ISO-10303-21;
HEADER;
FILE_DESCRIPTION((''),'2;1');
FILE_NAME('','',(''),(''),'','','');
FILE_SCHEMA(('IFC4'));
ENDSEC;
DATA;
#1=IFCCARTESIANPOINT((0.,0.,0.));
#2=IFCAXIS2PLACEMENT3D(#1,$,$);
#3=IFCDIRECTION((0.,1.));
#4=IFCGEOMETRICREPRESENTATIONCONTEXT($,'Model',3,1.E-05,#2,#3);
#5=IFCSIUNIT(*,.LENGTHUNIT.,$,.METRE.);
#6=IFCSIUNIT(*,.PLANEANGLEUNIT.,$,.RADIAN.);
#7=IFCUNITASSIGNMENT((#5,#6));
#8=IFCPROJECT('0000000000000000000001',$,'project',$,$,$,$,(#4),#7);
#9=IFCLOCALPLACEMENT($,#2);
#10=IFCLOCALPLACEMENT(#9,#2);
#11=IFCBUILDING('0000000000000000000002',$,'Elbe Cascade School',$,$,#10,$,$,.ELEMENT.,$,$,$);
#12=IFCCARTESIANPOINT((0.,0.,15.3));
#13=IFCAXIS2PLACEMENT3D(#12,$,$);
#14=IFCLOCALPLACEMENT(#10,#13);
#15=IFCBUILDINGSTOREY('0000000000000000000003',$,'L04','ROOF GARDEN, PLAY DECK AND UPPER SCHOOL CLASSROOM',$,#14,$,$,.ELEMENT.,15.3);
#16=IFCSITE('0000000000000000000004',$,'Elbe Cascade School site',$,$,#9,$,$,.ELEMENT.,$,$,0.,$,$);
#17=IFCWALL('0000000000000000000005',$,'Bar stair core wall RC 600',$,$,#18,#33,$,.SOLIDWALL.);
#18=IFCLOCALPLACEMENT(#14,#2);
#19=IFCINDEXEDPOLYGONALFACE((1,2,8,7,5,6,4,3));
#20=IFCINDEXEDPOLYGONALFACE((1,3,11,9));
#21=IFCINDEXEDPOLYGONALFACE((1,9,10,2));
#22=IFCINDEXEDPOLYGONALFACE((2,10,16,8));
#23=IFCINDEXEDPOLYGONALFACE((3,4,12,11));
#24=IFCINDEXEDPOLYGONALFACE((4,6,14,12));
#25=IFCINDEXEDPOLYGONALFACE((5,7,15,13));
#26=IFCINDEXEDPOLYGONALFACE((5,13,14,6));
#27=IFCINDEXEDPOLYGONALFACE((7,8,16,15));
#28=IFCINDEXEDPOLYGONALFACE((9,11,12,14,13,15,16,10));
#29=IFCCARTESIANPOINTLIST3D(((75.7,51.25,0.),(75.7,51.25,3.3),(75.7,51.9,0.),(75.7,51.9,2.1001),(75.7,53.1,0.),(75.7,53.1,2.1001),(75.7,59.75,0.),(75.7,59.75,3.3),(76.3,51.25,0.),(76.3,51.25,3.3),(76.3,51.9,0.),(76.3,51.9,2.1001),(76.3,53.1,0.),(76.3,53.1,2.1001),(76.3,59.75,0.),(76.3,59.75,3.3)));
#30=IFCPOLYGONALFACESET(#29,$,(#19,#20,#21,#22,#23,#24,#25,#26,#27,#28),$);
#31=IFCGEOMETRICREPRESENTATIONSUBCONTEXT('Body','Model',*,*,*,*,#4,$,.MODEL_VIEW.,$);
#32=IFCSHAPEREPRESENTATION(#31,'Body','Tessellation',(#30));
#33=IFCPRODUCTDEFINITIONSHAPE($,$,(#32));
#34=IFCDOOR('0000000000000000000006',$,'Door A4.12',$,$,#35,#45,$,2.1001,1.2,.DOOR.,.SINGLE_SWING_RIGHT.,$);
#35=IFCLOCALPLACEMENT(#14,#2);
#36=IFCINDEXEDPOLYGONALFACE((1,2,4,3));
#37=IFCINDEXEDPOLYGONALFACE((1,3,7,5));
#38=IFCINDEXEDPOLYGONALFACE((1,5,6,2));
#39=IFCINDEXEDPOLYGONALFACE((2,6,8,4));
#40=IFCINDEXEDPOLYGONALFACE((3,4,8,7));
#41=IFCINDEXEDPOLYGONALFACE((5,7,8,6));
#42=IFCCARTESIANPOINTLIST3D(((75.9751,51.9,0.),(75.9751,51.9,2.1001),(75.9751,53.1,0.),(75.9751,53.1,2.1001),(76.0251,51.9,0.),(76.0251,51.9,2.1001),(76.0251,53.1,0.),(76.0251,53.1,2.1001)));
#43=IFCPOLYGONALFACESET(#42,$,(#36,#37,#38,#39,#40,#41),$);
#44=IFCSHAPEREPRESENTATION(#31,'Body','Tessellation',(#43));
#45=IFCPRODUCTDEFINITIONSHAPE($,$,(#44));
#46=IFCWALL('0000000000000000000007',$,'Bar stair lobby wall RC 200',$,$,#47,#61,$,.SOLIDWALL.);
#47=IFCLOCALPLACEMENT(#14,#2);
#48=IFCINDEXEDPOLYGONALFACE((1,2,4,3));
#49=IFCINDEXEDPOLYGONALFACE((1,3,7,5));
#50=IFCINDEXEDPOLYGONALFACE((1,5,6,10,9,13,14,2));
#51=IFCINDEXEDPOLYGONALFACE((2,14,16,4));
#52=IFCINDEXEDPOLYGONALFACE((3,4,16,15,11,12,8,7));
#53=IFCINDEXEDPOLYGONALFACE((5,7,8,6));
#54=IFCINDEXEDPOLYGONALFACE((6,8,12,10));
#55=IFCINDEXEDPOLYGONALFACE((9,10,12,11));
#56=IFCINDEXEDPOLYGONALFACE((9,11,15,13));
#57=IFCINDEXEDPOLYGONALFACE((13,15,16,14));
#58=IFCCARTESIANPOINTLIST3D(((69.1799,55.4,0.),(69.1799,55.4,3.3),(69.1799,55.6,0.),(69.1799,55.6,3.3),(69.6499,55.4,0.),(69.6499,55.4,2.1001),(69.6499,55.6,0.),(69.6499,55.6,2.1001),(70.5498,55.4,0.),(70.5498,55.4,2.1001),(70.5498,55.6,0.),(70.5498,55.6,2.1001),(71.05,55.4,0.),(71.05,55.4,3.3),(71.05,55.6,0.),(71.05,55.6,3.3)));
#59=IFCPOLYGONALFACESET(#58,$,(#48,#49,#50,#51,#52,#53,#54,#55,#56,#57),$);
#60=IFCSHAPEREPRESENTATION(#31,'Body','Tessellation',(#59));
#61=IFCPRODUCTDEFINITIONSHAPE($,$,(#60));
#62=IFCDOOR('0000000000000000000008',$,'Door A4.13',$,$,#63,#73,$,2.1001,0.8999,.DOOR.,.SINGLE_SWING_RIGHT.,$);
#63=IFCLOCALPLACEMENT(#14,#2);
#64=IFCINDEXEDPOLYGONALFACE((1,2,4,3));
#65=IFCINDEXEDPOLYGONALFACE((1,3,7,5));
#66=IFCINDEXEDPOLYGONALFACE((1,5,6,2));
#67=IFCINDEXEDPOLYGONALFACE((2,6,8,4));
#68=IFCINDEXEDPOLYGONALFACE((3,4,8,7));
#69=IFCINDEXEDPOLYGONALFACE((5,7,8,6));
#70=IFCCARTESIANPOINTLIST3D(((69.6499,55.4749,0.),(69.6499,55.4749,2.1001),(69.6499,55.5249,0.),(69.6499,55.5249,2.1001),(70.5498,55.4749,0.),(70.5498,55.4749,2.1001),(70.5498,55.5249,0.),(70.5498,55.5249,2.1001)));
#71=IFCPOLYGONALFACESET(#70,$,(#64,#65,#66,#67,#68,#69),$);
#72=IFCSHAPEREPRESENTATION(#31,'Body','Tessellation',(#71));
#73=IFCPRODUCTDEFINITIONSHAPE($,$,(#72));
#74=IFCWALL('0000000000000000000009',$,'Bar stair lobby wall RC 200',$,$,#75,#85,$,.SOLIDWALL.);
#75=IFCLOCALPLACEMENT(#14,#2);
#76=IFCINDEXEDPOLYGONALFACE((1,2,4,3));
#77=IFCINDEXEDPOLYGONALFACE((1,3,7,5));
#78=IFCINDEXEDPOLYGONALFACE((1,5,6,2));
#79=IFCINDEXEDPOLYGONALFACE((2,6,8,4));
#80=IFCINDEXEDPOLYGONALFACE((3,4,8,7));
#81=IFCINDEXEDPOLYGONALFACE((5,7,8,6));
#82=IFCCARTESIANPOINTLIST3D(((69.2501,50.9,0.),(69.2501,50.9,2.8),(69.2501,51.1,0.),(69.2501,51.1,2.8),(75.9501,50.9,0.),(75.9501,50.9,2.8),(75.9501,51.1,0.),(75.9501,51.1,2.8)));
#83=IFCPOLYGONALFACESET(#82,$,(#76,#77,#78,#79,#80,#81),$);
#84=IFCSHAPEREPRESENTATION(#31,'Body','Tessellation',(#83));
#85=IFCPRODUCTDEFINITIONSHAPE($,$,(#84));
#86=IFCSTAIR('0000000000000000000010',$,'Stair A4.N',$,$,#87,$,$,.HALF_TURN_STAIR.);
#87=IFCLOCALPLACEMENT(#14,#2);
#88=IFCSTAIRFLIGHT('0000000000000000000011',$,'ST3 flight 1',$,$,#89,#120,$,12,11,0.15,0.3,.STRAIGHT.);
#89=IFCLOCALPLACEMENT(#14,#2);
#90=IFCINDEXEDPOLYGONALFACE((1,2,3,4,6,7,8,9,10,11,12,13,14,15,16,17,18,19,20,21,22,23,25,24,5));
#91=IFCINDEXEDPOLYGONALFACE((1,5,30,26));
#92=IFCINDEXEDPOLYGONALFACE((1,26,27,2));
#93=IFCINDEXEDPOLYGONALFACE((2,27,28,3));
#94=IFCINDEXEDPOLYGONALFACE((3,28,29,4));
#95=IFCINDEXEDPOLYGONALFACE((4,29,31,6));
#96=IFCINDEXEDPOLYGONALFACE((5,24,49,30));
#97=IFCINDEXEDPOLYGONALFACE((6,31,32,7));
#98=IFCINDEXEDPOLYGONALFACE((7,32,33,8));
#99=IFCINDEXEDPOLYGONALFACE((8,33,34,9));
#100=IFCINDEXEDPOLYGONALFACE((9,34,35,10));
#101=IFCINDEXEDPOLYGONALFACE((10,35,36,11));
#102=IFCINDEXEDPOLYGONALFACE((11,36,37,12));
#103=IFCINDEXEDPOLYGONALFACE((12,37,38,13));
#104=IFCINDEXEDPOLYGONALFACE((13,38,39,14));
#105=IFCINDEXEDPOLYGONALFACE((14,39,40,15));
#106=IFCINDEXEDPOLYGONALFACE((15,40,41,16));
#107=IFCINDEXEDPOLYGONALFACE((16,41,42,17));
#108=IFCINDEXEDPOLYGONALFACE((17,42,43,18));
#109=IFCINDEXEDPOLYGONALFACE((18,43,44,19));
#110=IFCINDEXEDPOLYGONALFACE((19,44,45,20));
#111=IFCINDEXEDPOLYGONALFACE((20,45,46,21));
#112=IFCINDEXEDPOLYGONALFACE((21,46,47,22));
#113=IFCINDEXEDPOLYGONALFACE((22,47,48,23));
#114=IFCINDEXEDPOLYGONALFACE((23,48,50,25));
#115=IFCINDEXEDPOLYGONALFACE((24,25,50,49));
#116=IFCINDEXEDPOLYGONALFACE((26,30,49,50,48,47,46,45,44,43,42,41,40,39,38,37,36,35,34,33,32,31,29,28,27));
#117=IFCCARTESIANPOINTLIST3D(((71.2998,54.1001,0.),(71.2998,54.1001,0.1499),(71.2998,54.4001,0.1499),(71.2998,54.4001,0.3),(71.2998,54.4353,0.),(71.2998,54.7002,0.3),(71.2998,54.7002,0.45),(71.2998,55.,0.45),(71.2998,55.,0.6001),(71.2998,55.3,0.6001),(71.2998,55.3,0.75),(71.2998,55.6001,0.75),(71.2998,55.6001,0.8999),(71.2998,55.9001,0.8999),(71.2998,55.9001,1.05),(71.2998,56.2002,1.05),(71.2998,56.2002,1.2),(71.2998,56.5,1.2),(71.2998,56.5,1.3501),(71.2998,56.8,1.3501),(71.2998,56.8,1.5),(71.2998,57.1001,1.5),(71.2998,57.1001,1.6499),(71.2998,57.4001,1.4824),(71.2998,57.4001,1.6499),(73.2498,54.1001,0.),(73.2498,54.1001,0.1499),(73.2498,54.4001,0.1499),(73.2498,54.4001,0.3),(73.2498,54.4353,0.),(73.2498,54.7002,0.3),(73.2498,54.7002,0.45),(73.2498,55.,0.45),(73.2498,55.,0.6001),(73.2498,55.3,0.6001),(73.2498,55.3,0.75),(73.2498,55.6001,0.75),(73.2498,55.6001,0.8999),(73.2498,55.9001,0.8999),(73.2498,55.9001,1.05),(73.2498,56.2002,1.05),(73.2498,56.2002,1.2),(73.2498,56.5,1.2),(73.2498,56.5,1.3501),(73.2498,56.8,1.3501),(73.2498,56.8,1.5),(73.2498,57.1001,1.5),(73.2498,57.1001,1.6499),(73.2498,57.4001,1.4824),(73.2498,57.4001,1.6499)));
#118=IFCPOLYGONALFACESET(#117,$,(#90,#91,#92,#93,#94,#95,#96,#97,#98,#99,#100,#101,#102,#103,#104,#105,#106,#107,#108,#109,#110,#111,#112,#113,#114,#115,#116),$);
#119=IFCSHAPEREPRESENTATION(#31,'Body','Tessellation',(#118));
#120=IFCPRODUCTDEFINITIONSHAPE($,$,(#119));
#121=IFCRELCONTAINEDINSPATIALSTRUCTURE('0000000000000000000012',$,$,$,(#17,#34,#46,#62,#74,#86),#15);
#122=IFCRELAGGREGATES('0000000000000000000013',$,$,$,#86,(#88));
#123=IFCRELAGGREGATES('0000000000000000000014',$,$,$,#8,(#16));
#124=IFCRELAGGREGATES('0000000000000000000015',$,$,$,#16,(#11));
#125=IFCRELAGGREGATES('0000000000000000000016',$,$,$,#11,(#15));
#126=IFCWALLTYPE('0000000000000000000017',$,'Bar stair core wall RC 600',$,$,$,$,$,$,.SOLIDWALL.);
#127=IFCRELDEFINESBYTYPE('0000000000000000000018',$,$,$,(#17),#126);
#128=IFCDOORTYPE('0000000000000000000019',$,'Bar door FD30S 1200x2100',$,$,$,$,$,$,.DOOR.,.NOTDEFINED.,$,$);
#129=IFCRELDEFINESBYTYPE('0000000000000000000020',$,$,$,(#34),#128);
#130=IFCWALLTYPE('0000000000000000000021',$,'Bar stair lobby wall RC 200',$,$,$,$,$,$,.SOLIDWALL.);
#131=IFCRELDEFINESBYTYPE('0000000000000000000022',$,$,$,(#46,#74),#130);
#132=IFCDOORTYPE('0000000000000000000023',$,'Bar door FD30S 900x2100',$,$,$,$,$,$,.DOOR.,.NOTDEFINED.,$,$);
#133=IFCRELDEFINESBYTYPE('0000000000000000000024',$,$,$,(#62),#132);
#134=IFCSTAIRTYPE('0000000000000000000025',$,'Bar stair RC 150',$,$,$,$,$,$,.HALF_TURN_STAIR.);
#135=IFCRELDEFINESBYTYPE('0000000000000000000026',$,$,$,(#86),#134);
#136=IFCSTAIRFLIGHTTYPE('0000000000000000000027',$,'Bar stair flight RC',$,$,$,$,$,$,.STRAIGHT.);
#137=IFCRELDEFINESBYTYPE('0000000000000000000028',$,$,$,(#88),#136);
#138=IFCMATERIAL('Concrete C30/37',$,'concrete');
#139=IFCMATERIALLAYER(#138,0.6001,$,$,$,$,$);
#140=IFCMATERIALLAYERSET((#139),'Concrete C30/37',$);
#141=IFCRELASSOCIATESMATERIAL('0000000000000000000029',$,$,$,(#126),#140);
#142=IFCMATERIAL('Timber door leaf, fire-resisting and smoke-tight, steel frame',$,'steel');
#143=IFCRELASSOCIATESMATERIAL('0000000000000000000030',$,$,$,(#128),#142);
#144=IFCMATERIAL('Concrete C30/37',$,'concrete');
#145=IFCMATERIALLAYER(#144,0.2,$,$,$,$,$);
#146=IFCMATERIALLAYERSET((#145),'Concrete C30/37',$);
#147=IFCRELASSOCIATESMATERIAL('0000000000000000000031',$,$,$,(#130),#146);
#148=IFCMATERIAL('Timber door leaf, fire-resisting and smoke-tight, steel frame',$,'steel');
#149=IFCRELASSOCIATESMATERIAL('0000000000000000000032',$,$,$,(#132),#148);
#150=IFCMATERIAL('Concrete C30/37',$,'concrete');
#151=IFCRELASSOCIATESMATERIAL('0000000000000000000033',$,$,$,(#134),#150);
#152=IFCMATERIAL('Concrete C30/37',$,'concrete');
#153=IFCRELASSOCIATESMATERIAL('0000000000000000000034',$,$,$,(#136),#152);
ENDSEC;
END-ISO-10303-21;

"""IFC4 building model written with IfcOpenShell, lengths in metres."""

from ifc_helpers import new_model, si_unit, direction, frame, frame_2d, origin, place, context, subcontext, project, spatial, polyline, rectangle, outline, extrude, material, layer, layer_set, type_object, element, fill, aggregate, save


model = new_model("IFC4")

# Units and contexts
model_context = context("Model", 3, precision=1e-05, world=origin(), true_north=direction((0.0, 1.0)))
body_context = subcontext(model_context, "Body", "Model", "MODEL_VIEW")
ifc_project = project(units=[si_unit("LENGTHUNIT", "METRE"), si_unit("PLANEANGLEUNIT", "RADIAN")], contexts=[model_context])

# Site, building, storey
site_placement = place(None, origin())
site = spatial("IfcSite", under=ifc_project, at=site_placement, Name="Elbe Cascade School site", CompositionType="ELEMENT", RefElevation=0.0)
building_placement = place(site_placement, origin())
building = spatial("IfcBuilding", under=site, at=building_placement, Name="Elbe Cascade School", CompositionType="ELEMENT")
storey_placement = place(building_placement, frame((0.0, 0.0, 15.3)))
storey = spatial("IfcBuildingStorey", under=building, at=storey_placement, Name="L04", Description="ROOF GARDEN, PLAY DECK AND UPPER SCHOOL CLASSROOM", CompositionType="ELEMENT", Elevation=15.3)

# Walls, openings, doors
ifc_material_1 = material(Name="Concrete C30/37", Category="concrete")
ifc_layer_1 = layer(ifc_material_1, 0.6001)
ifc_layer_set_1 = layer_set([ifc_layer_1], Name="Concrete C30/37")
wall_type_1 = type_object("IfcWallType", Name="Bar stair core wall RC 600", PredefinedType="SOLIDWALL", material=ifc_layer_set_1)
wall_1_placement = place(storey_placement, frame((76.0, 51.25, 0.0), z_axis=(0.0, 0.0, 1.0), x_axis=(0.0, 1.0, 0.0)))
wall_1 = element("IfcWall", 1, at=wall_1_placement, inside=storey, type_object=wall_type_1, Name="Bar stair core wall RC 600", PredefinedType="SOLIDWALL", context=body_context, shape_type="SweptSolid", body=[
    extrude(rectangle(XDim=8.5, YDim=0.6001, at=frame_2d((4.25, 0.0))), origin(), (0.0, 0.0, 1.0), 3.3),
])
opening_1_placement = place(wall_1_placement, frame((0.6499, 0.0, 0.0)))
opening_1 = element("IfcOpeningElement", 2, at=opening_1_placement, cuts=wall_1, PredefinedType="OPENING", context=body_context, shape_type="SweptSolid", body=[
    extrude(rectangle(XDim=1.2, YDim=2.1001, at=frame_2d((0.6001, 1.05))), frame((0.0, 0.3101, 0.0), z_axis=(0.0, -1.0, 0.0), x_axis=(1.0, 0.0, 0.0)), (0.0, 0.0, 1.0), 0.6201),
])
ifc_material_2 = material(Name="Timber door leaf, fire-resisting and smoke-tight, steel frame", Category="steel")
door_type_1 = type_object("IfcDoorType", Name="Bar door FD30S 1200x2100", OperationType="NOTDEFINED", PredefinedType="DOOR", material=ifc_material_2)
door_1_placement = place(opening_1_placement, origin())
door_1 = element("IfcDoor", 3, at=door_1_placement, inside=storey, type_object=door_type_1, Name="Door A4.12", OperationType="SINGLE_SWING_RIGHT", OverallHeight=2.1001, OverallWidth=1.2, PredefinedType="DOOR", context=body_context, shape_type="SweptSolid", body=[
    extrude(rectangle(XDim=1.2, YDim=2.1001, at=frame_2d((0.6001, 1.05))), frame((0.0, 0.0249, 0.0), z_axis=(0.0, -1.0, 0.0), x_axis=(1.0, 0.0, 0.0)), (0.0, 0.0, 1.0), 0.05),
])
fill(opening_1, door_1)
ifc_material_3 = material(Name="Concrete C30/37", Category="concrete")
ifc_layer_2 = layer(ifc_material_3, 0.2)
ifc_layer_set_2 = layer_set([ifc_layer_2], Name="Concrete C30/37")
wall_type_2 = type_object("IfcWallType", Name="Bar stair lobby wall RC 200", PredefinedType="SOLIDWALL", material=ifc_layer_set_2)
wall_2_placement = place(storey_placement, frame((69.1799, 55.5, 0.0), z_axis=(0.0, 0.0, 1.0), x_axis=(1.0, 0.0, 0.0)))
wall_2 = element("IfcWall", 4, at=wall_2_placement, inside=storey, type_object=wall_type_2, Name="Bar stair lobby wall RC 200", PredefinedType="SOLIDWALL", context=body_context, shape_type="SweptSolid", body=[
    extrude(rectangle(XDim=1.8701, YDim=0.2, at=frame_2d((0.9351, 0.0))), origin(), (0.0, 0.0, 1.0), 3.3),
])
opening_2_placement = place(wall_2_placement, frame((0.47, 0.0, 0.0)))
opening_2 = element("IfcOpeningElement", 5, at=opening_2_placement, cuts=wall_2, PredefinedType="OPENING", context=body_context, shape_type="SweptSolid", body=[
    extrude(rectangle(XDim=0.8999, YDim=2.1001, at=frame_2d((0.45, 1.05))), frame((0.0, 0.1099, 0.0), z_axis=(0.0, -1.0, 0.0), x_axis=(1.0, 0.0, 0.0)), (0.0, 0.0, 1.0), 0.22),
])
ifc_material_4 = material(Name="Timber door leaf, fire-resisting and smoke-tight, steel frame", Category="steel")
door_type_2 = type_object("IfcDoorType", Name="Bar door FD30S 900x2100", OperationType="NOTDEFINED", PredefinedType="DOOR", material=ifc_material_4)
door_2_placement = place(opening_2_placement, origin())
door_2 = element("IfcDoor", 6, at=door_2_placement, inside=storey, type_object=door_type_2, Name="Door A4.13", OperationType="SINGLE_SWING_RIGHT", OverallHeight=2.1001, OverallWidth=0.8999, PredefinedType="DOOR", context=body_context, shape_type="SweptSolid", body=[
    extrude(rectangle(XDim=0.8999, YDim=2.1001, at=frame_2d((0.45, 1.05))), frame((0.0, 0.0249, 0.0), z_axis=(0.0, -1.0, 0.0), x_axis=(1.0, 0.0, 0.0)), (0.0, 0.0, 1.0), 0.05),
])
fill(opening_2, door_2)

# Wall
wall_3_placement = place(storey_placement, frame((69.25, 51.0, 0.0), z_axis=(0.0, 0.0, 1.0), x_axis=(1.0, 0.0, 0.0)))
element("IfcWall", 7, at=wall_3_placement, inside=storey, type_object=wall_type_2, Name="Bar stair lobby wall RC 200", PredefinedType="SOLIDWALL", context=body_context, shape_type="SweptSolid", body=[
    extrude(rectangle(XDim=6.7, YDim=0.2, at=frame_2d((3.3501, 0.0))), origin(), (0.0, 0.0, 1.0), 2.8),
])

# Stair, stair flight
ifc_material_5 = material(Name="Concrete C30/37", Category="concrete")
stair_type = type_object("IfcStairType", Name="Bar stair RC 150", PredefinedType="HALF_TURN_STAIR", material=ifc_material_5)
stair_placement = place(storey_placement, origin())
stair = element("IfcStair", 8, at=stair_placement, inside=storey, type_object=stair_type, Name="Stair A4.N", PredefinedType="HALF_TURN_STAIR")
ifc_material_6 = material(Name="Concrete C30/37", Category="concrete")
stair_flight_type = type_object("IfcStairFlightType", Name="Bar stair flight RC", PredefinedType="STRAIGHT", material=ifc_material_6)
stair_flight_placement = place(storey_placement, frame((72.2749, 54.1001, 0.0), z_axis=(0.0, 0.0, 1.0), x_axis=(0.0, 1.0, 0.0)))
stair_flight = element("IfcStairFlight", 9, at=stair_flight_placement, type_object=stair_flight_type, Name="ST3 flight 1", NumberOfRisers=12, NumberOfTreads=11, PredefinedType="STRAIGHT", RiserHeight=0.15, TreadLength=0.3, context=body_context, shape_type="SweptSolid", body=[
    extrude(outline(polyline([(0.0, 0.0), (0.0, 0.1499), (0.3, 0.1499), (0.3, 0.3), (0.6001, 0.3), (0.6001, 0.45), (0.8999, 0.45), (0.8999, 0.6001), (1.2, 0.6001), (1.2, 0.75), (1.5, 0.75), (1.5, 0.8999), (1.8, 0.8999), (1.8, 1.05), (2.1001, 1.05), (2.1001, 1.2), (2.3999, 1.2), (2.3999, 1.3501), (2.7, 1.3501), (2.7, 1.5), (3.0, 1.5), (3.0, 1.6499), (3.3, 1.6499), (3.3, 1.8), (3.3, 1.4824), (0.3352, 0.0), (0.0, 0.0)])), frame((0.0, 0.9751, 0.0), z_axis=(0.0, -1.0, 0.0), x_axis=(1.0, 0.0, 0.0)), (0.0, 0.0, 1.0), 1.95),
])
aggregate(stair, [stair_flight])

save(model, "model.ifc")
